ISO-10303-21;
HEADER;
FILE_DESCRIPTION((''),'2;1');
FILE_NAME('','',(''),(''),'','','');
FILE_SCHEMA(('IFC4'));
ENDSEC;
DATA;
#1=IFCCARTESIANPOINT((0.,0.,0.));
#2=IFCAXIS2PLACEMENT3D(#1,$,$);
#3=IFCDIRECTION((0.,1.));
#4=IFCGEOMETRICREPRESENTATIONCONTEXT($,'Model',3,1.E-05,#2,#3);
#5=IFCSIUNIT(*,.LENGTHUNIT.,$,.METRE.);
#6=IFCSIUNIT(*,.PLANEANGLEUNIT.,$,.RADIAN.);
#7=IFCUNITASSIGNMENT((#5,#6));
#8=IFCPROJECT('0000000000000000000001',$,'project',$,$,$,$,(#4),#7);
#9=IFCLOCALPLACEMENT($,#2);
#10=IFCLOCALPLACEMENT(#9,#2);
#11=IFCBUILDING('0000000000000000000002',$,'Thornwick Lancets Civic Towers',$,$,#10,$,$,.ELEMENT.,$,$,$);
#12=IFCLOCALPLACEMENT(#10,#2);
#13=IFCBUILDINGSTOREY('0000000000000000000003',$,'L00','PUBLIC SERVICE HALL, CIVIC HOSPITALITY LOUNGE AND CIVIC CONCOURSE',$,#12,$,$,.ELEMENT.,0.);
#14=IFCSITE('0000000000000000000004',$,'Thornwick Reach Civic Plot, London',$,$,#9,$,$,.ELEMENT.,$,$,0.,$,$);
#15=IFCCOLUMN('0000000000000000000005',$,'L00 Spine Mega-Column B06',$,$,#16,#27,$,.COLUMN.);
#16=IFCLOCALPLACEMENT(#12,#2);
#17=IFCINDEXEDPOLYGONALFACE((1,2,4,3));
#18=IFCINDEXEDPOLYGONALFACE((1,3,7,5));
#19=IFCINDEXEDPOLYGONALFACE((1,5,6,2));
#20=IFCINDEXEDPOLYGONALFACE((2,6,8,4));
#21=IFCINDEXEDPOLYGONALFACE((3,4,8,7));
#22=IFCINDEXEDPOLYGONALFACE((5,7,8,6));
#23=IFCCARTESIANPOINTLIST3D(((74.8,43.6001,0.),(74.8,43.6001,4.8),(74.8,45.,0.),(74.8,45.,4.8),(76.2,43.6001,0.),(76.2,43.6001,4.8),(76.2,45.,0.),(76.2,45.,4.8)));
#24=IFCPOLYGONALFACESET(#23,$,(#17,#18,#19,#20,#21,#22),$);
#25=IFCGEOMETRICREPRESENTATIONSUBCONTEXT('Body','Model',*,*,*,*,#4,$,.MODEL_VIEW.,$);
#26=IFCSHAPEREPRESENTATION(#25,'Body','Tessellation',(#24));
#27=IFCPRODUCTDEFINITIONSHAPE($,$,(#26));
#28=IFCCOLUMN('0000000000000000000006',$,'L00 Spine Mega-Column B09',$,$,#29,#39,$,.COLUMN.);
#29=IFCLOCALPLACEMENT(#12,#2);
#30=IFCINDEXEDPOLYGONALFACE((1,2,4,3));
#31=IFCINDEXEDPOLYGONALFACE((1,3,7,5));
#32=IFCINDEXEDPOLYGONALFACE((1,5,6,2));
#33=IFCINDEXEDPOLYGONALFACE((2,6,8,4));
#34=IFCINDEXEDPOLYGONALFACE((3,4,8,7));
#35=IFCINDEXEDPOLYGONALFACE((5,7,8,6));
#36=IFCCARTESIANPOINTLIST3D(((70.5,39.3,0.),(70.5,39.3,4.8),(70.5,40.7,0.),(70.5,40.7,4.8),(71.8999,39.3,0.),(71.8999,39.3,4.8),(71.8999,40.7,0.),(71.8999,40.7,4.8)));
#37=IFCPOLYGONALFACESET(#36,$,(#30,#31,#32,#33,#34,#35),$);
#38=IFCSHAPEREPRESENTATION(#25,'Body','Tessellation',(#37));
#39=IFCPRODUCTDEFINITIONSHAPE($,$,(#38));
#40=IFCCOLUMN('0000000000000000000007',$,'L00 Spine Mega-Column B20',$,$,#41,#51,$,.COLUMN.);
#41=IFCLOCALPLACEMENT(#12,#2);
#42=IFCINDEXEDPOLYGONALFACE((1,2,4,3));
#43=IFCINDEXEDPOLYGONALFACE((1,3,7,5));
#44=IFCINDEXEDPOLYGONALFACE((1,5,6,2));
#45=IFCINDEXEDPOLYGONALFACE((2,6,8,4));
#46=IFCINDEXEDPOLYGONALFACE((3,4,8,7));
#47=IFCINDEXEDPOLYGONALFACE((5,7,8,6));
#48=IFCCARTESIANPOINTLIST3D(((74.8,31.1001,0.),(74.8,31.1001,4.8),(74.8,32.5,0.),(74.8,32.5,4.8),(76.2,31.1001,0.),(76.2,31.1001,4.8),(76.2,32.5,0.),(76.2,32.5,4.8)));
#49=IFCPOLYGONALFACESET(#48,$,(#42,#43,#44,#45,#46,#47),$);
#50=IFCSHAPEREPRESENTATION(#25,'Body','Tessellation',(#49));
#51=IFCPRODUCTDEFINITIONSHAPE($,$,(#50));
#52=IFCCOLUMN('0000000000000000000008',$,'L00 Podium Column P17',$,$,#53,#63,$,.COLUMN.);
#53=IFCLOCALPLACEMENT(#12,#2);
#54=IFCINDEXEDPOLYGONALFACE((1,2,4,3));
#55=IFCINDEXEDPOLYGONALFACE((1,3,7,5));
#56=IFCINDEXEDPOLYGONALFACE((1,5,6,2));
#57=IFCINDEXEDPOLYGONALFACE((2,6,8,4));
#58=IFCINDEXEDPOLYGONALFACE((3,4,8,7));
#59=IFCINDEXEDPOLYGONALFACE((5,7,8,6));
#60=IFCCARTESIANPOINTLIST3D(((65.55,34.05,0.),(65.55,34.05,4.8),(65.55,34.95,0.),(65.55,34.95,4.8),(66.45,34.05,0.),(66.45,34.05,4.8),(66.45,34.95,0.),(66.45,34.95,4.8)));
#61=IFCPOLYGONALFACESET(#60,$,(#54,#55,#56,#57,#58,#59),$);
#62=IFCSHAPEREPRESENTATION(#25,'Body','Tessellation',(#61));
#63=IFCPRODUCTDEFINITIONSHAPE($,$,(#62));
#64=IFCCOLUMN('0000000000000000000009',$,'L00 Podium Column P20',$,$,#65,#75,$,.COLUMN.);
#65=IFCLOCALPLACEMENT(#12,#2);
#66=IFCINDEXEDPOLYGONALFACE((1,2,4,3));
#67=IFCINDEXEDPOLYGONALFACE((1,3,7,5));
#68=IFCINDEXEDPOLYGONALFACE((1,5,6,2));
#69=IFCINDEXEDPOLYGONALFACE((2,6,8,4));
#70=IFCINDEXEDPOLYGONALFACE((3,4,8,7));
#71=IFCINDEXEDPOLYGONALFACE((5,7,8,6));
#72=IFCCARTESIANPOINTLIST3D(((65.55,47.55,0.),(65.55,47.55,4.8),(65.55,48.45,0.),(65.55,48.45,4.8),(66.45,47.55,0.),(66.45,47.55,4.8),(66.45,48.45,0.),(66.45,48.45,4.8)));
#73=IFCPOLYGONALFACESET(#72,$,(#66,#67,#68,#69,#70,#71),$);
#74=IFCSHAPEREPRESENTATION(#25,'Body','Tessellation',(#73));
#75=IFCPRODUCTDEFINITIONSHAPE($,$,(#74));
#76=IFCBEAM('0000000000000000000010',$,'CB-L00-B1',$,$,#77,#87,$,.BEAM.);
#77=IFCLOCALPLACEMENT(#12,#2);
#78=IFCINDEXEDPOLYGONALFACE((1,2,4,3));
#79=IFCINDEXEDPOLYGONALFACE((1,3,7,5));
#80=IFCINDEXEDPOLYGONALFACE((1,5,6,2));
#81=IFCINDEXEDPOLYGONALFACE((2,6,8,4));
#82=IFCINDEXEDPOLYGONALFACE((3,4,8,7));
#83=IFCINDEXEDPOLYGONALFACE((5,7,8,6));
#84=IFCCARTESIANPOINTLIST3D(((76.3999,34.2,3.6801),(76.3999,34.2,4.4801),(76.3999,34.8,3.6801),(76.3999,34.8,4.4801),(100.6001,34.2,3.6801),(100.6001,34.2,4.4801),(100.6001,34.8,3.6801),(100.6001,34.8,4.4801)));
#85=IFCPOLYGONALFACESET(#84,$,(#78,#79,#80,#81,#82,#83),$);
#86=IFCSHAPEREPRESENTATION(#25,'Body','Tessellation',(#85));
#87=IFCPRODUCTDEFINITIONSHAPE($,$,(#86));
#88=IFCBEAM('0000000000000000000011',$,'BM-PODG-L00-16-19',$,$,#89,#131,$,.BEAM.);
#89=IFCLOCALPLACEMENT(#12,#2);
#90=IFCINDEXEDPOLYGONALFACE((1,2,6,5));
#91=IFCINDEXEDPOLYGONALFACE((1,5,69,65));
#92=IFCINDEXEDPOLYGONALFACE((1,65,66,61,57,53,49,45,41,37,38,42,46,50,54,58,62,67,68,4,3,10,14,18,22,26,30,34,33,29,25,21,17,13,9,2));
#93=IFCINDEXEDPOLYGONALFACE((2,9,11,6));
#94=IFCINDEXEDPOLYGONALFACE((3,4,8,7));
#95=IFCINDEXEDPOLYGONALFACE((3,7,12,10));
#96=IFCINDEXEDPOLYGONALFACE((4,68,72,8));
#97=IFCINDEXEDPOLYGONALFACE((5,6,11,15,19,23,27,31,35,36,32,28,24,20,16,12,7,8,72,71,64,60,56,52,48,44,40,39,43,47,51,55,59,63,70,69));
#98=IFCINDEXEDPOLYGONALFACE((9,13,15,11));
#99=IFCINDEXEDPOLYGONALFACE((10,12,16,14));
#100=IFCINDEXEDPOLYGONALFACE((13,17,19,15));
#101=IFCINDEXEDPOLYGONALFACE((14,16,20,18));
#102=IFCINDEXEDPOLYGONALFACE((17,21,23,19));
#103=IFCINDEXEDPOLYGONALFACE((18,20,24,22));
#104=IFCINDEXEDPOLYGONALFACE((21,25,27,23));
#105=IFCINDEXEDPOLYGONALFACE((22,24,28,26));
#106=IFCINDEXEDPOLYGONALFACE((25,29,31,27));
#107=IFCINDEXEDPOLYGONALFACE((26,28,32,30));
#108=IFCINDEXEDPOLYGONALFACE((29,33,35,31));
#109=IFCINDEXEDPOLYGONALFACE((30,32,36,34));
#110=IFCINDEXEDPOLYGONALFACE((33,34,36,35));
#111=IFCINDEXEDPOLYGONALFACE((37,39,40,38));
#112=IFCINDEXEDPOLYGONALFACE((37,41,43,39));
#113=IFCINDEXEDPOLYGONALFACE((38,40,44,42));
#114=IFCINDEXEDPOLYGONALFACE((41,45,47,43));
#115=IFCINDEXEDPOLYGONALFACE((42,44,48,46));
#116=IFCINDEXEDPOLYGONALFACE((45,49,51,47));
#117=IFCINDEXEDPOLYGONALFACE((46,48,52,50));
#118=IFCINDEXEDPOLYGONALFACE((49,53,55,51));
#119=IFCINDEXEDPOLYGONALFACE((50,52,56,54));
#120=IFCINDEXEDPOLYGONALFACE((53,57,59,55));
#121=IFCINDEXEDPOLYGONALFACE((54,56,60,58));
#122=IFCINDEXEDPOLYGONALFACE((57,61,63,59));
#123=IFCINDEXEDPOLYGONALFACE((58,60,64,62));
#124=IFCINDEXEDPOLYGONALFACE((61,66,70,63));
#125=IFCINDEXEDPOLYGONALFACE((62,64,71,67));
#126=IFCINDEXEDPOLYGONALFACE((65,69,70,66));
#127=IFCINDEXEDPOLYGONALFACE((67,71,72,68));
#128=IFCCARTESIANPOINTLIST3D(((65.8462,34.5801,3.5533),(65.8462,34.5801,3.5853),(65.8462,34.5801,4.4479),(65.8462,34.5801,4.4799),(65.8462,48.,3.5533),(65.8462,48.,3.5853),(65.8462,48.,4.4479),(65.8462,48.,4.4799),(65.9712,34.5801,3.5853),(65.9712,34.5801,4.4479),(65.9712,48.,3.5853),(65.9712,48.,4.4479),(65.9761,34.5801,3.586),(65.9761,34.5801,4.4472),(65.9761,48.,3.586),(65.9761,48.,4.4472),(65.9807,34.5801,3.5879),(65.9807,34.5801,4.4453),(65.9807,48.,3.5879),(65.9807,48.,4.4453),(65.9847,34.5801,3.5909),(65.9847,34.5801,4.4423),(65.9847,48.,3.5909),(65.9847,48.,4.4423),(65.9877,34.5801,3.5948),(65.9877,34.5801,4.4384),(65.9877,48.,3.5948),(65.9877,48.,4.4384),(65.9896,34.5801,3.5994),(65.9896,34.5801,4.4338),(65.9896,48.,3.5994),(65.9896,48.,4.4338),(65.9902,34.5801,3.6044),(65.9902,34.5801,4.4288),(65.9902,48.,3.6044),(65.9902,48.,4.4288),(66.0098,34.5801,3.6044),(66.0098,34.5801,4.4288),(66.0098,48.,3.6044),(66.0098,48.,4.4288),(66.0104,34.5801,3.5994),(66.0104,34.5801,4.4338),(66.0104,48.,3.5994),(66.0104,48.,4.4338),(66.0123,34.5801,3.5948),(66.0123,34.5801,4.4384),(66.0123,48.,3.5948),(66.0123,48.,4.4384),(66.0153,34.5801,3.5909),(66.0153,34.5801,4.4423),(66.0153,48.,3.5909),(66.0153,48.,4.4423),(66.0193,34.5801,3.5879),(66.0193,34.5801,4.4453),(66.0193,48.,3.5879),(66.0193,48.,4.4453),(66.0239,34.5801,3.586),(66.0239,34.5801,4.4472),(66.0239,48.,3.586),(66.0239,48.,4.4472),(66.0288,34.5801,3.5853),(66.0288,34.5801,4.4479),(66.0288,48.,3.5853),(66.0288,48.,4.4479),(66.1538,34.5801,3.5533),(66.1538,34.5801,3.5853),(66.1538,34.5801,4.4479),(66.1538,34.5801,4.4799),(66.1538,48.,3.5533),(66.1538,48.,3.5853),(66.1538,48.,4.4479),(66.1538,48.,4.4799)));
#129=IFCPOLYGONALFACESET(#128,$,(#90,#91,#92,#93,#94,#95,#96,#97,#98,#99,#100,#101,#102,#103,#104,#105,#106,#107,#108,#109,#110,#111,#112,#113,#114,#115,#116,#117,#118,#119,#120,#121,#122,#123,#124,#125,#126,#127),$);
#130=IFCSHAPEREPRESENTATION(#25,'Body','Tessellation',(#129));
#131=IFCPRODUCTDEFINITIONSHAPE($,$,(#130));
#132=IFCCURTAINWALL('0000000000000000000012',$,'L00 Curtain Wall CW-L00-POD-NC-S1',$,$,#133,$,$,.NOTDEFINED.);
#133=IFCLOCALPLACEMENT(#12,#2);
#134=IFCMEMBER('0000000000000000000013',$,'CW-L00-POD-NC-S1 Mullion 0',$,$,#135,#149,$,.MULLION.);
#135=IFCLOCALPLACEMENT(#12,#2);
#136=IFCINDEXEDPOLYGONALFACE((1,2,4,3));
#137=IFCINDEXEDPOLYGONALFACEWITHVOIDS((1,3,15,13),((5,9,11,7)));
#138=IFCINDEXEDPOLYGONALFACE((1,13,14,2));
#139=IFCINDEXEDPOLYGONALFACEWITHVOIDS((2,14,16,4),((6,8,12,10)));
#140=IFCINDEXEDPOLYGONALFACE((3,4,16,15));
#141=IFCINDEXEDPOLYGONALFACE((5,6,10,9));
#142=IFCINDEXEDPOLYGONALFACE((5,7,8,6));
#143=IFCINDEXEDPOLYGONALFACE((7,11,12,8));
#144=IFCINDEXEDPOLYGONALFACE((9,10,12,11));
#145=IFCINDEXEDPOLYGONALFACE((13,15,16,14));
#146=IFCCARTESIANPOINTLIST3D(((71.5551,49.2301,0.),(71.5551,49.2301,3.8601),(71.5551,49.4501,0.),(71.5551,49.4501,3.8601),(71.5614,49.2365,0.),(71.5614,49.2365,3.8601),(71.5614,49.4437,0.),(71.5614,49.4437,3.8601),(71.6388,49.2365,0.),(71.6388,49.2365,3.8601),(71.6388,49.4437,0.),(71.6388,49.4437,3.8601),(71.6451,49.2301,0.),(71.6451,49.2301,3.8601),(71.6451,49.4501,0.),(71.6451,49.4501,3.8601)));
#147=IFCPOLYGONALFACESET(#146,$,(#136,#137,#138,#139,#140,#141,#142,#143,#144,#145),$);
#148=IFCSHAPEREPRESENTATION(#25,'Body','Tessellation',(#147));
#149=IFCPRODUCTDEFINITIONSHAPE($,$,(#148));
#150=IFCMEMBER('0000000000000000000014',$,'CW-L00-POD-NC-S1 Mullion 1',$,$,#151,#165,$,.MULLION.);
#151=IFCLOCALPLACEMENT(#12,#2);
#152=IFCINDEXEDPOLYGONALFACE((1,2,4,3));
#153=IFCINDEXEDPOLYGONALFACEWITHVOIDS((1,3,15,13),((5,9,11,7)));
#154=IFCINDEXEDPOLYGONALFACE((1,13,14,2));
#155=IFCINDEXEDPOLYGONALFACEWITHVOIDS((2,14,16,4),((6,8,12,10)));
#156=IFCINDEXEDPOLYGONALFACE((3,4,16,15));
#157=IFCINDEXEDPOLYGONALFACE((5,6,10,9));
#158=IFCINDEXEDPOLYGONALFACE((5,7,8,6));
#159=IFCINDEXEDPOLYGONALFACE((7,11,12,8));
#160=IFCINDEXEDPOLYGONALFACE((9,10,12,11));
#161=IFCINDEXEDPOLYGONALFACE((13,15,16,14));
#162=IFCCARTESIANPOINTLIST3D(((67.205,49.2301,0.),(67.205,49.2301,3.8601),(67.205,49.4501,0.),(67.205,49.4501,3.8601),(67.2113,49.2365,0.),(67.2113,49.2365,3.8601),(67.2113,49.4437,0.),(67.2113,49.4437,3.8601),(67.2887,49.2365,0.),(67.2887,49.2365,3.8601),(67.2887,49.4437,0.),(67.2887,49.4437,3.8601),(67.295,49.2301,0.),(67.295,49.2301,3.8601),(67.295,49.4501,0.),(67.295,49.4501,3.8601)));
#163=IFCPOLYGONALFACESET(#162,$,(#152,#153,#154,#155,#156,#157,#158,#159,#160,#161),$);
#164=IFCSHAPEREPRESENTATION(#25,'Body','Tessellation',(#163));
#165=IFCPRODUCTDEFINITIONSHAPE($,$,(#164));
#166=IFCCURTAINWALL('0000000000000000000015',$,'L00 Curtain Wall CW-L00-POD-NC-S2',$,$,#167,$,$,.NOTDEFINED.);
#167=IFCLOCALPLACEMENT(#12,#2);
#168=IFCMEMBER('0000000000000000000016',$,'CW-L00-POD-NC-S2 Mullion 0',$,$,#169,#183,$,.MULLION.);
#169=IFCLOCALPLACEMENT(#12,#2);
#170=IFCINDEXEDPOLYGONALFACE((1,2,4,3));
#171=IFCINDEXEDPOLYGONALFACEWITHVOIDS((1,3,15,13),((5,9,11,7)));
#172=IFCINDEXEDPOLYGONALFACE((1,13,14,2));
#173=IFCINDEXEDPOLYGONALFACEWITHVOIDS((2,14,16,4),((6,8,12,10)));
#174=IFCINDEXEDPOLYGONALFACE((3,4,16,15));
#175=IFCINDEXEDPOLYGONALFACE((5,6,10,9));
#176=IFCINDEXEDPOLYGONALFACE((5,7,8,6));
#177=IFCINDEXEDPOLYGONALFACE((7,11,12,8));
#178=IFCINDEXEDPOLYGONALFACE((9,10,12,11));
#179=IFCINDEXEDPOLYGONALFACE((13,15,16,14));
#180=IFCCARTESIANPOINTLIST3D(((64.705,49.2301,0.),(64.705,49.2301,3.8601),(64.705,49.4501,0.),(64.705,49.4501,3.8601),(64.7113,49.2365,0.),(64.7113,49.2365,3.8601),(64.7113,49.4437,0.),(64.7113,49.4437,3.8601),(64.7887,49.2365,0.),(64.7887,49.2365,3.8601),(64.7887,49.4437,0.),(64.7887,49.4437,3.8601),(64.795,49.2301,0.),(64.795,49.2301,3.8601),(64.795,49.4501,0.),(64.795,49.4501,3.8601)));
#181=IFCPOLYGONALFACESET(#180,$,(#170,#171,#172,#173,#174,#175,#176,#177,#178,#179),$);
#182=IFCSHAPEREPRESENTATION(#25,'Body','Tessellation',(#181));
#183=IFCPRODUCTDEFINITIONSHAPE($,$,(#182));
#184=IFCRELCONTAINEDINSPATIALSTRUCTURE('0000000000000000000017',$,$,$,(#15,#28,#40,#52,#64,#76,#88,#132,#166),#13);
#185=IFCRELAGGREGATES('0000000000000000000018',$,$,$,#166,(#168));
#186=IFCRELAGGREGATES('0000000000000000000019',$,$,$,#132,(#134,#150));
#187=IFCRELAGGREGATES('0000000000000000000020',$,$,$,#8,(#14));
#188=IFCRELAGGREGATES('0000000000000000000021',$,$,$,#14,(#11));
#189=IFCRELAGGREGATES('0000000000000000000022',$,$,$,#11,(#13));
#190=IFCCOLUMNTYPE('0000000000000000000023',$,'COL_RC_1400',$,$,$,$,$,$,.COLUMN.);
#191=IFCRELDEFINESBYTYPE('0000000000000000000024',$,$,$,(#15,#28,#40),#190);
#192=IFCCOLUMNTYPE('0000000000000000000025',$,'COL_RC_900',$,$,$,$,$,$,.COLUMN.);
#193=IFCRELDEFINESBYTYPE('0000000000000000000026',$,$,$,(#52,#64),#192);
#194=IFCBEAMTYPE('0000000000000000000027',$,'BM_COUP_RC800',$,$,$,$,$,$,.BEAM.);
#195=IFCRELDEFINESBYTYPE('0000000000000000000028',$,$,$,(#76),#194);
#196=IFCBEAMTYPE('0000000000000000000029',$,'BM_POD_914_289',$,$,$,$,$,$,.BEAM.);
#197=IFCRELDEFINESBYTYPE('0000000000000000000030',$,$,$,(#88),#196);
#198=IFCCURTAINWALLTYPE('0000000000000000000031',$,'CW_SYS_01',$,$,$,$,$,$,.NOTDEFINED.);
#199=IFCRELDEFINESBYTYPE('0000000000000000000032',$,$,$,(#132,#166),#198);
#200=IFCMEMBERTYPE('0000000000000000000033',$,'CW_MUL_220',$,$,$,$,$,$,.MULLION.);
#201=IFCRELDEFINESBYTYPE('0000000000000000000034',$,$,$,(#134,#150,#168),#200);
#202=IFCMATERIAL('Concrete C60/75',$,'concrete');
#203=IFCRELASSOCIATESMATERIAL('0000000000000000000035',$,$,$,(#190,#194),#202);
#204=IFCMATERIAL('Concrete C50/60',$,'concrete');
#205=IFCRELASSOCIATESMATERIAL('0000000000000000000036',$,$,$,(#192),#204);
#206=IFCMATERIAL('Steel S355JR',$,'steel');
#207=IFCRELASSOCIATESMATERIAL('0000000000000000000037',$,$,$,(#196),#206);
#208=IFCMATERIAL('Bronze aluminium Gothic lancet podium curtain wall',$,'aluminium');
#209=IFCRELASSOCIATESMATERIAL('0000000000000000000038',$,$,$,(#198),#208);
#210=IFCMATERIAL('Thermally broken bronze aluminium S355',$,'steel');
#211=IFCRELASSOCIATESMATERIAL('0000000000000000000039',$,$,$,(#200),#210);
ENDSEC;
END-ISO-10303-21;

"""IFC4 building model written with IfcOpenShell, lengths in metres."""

from ifc_helpers import new_model, si_unit, direction, frame, origin, origin_2d, place, context, subcontext, project, spatial, rectangle, hollow_rectangle, i_section, extrude, material, material_profile, profile_set, type_object, element, aggregate, save


model = new_model("IFC4")

# Units and contexts
model_context = context("Model", 3, precision=1e-05, world=origin(), true_north=direction((0.0, 1.0)))
body_context = subcontext(model_context, "Body", "Model", "MODEL_VIEW")
ifc_project = project(units=[si_unit("LENGTHUNIT", "METRE"), si_unit("PLANEANGLEUNIT", "RADIAN")], contexts=[model_context])

# Site, building, storey
site_placement = place(None, origin())
site = spatial("IfcSite", under=ifc_project, at=site_placement, Name="Thornwick Reach Civic Plot, London", CompositionType="ELEMENT", RefElevation=0.0)
building_placement = place(site_placement, origin())
building = spatial("IfcBuilding", under=site, at=building_placement, Name="Thornwick Lancets Civic Towers", CompositionType="ELEMENT")
storey_placement = place(building_placement, origin())
storey = spatial("IfcBuildingStorey", under=building, at=storey_placement, Name="L00", Description="PUBLIC SERVICE HALL, CIVIC HOSPITALITY LOUNGE AND CIVIC CONCOURSE", CompositionType="ELEMENT", Elevation=0.0)

# Columns
ifc_material_1 = material(Name="Concrete C60/75", Category="concrete")
ifc_material_profile_1 = material_profile(ifc_material_1, rectangle(XDim=1.3999, YDim=1.3999, at=origin_2d()), Name="RC 1400x1400")
ifc_profile_set_1 = profile_set([ifc_material_profile_1], Name="Concrete C60/75")
column_type_1 = type_object("IfcColumnType", Name="COL_RC_1400", PredefinedType="COLUMN", material=ifc_profile_set_1)
for number, where, z_axis, x_axis, name in (
    (1, (75.5, 44.3, 0.0), (0.0, 0.0, 1.0), (1.0, 0.0, 0.0), "L00 Spine Mega-Column B06"),
    (2, (71.2, 40.0, 0.0), (0.0, 0.0, 1.0), (1.0, 0.0, 0.0), "L00 Spine Mega-Column B09"),
    (3, (75.5, 31.8, 0.0), (0.0, 0.0, 1.0), (1.0, 0.0, 0.0), "L00 Spine Mega-Column B20"),
):
    element("IfcColumn", number, at=place(storey_placement, frame(where, z_axis=z_axis, x_axis=x_axis)), inside=storey, type_object=column_type_1, Name=name, PredefinedType="COLUMN", context=body_context, shape_type="SweptSolid", body=[
        extrude(rectangle(XDim=1.3999, YDim=1.3999, at=origin_2d()), origin(), (0.0, 0.0, 1.0), 4.8),
    ])
ifc_material_2 = material(Name="Concrete C50/60", Category="concrete")
ifc_material_profile_2 = material_profile(ifc_material_2, rectangle(XDim=0.8999, YDim=0.8999, at=origin_2d()), Name="RC 900x900")
ifc_profile_set_2 = profile_set([ifc_material_profile_2], Name="Concrete C50/60")
column_type_2 = type_object("IfcColumnType", Name="COL_RC_900", PredefinedType="COLUMN", material=ifc_profile_set_2)
for number, where, z_axis, x_axis, name in (
    (4, (66.0, 34.5, 0.0), (0.0, 0.0, 1.0), (1.0, 0.0, 0.0), "L00 Podium Column P17"),
    (5, (66.0, 48.0, 0.0), (0.0, 0.0, 1.0), (1.0, 0.0, 0.0), "L00 Podium Column P20"),
):
    element("IfcColumn", number, at=place(storey_placement, frame(where, z_axis=z_axis, x_axis=x_axis)), inside=storey, type_object=column_type_2, Name=name, PredefinedType="COLUMN", context=body_context, shape_type="SweptSolid", body=[
        extrude(rectangle(XDim=0.8999, YDim=0.8999, at=origin_2d()), origin(), (0.0, 0.0, 1.0), 4.8),
    ])

# Beams
ifc_material_profile_3 = material_profile(ifc_material_1, rectangle(XDim=0.6001, YDim=0.8, at=origin_2d()), Name="RC 600x800")
ifc_profile_set_3 = profile_set([ifc_material_profile_3], Name="Concrete C60/75")
beam_type_1 = type_object("IfcBeamType", Name="BM_COUP_RC800", PredefinedType="BEAM", material=ifc_profile_set_3)
beam_1_placement = place(storey_placement, frame((76.3999, 34.5, 4.0801), z_axis=(1.0, 0.0, 0.0), x_axis=(0.0, 1.0, 0.0)))
element("IfcBeam", 6, at=beam_1_placement, inside=storey, type_object=beam_type_1, Name="CB-L00-B1", PredefinedType="BEAM", context=body_context, shape_type="SweptSolid", body=[
    extrude(rectangle(XDim=0.6001, YDim=0.8, at=origin_2d()), origin(), (0.0, 0.0, 1.0), 24.2002),
])
ifc_material_3 = material(Name="Steel S355JR", Category="steel")
ifc_material_profile_4 = material_profile(ifc_material_3, i_section(OverallWidth=0.3076, OverallDepth=0.9265, WebThickness=0.0195, FlangeThickness=0.032, FilletRadius=0.019, at=origin_2d()), Name="UKB 914x305x289")
ifc_profile_set_4 = profile_set([ifc_material_profile_4], Name="Steel S355JR")
beam_type_2 = type_object("IfcBeamType", Name="BM_POD_914_289", PredefinedType="BEAM", material=ifc_profile_set_4)
beam_2_placement = place(storey_placement, frame((66.0, 34.5801, 4.0166), z_axis=(0.0, 1.0, 0.0), x_axis=(-1.0, 0.0, 0.0)))
element("IfcBeam", 7, at=beam_2_placement, inside=storey, type_object=beam_type_2, Name="BM-PODG-L00-16-19", PredefinedType="BEAM", context=body_context, shape_type="SweptSolid", body=[
    extrude(i_section(OverallWidth=0.3076, OverallDepth=0.9265, WebThickness=0.0195, FlangeThickness=0.032, FilletRadius=0.019, at=origin_2d()), origin(), (0.0, 0.0, 1.0), 13.4199),
])

# Curtain wall, members
ifc_material_4 = material(Name="Bronze aluminium Gothic lancet podium curtain wall", Category="aluminium")
curtain_wall_type = type_object("IfcCurtainWallType", Name="CW_SYS_01", PredefinedType="NOTDEFINED", material=ifc_material_4)
curtain_wall_1_placement = place(storey_placement, origin())
curtain_wall_1 = element("IfcCurtainWall", 8, at=curtain_wall_1_placement, inside=storey, type_object=curtain_wall_type, Name="L00 Curtain Wall CW-L00-POD-NC-S1", PredefinedType="NOTDEFINED")
ifc_material_5 = material(Name="Thermally broken bronze aluminium S355", Category="steel")
ifc_material_profile_5 = material_profile(ifc_material_5, hollow_rectangle(XDim=0.0901, YDim=0.22, WallThickness=0.0063, at=origin_2d()), Name="RHS 220x90x6.3")
ifc_profile_set_5 = profile_set([ifc_material_profile_5], Name="Thermally broken bronze aluminium S355")
member_type_1 = type_object("IfcMemberType", Name="CW_MUL_220", PredefinedType="MULLION", material=ifc_profile_set_5)
member_1_placement = place(storey_placement, frame((71.6001, 49.3401, 0.0), z_axis=(0.0, 0.0, 1.0), x_axis=(1.0, 0.0, 0.0)))
member_1 = element("IfcMember", 9, at=member_1_placement, type_object=member_type_1, Name="CW-L00-POD-NC-S1 Mullion 0", PredefinedType="MULLION", context=body_context, shape_type="SweptSolid", body=[
    extrude(hollow_rectangle(XDim=0.0901, YDim=0.22, WallThickness=0.0063, at=origin_2d()), origin(), (0.0, 0.0, 1.0), 3.8601),
])
member_2_placement = place(storey_placement, frame((67.25, 49.3401, 0.0), z_axis=(0.0, 0.0, 1.0), x_axis=(1.0, 0.0, 0.0)))
member_2 = element("IfcMember", 10, at=member_2_placement, type_object=member_type_1, Name="CW-L00-POD-NC-S1 Mullion 1", PredefinedType="MULLION", context=body_context, shape_type="SweptSolid", body=[
    extrude(hollow_rectangle(XDim=0.0901, YDim=0.22, WallThickness=0.0063, at=origin_2d()), origin(), (0.0, 0.0, 1.0), 3.8601),
])

# Curtain wall, member
curtain_wall_2_placement = place(storey_placement, origin())
curtain_wall_2 = element("IfcCurtainWall", 11, at=curtain_wall_2_placement, inside=storey, type_object=curtain_wall_type, Name="L00 Curtain Wall CW-L00-POD-NC-S2", PredefinedType="NOTDEFINED")
member_3_placement = place(storey_placement, frame((64.75, 49.3401, 0.0), z_axis=(0.0, 0.0, 1.0), x_axis=(1.0, 0.0, 0.0)))
member_3 = element("IfcMember", 12, at=member_3_placement, type_object=member_type_1, Name="CW-L00-POD-NC-S2 Mullion 0", PredefinedType="MULLION", context=body_context, shape_type="SweptSolid", body=[
    extrude(hollow_rectangle(XDim=0.0901, YDim=0.22, WallThickness=0.0063, at=origin_2d()), origin(), (0.0, 0.0, 1.0), 3.8601),
])
aggregate(curtain_wall_2, [member_3])

aggregate(curtain_wall_1, [member_1, member_2])

save(model, "model.ifc")
